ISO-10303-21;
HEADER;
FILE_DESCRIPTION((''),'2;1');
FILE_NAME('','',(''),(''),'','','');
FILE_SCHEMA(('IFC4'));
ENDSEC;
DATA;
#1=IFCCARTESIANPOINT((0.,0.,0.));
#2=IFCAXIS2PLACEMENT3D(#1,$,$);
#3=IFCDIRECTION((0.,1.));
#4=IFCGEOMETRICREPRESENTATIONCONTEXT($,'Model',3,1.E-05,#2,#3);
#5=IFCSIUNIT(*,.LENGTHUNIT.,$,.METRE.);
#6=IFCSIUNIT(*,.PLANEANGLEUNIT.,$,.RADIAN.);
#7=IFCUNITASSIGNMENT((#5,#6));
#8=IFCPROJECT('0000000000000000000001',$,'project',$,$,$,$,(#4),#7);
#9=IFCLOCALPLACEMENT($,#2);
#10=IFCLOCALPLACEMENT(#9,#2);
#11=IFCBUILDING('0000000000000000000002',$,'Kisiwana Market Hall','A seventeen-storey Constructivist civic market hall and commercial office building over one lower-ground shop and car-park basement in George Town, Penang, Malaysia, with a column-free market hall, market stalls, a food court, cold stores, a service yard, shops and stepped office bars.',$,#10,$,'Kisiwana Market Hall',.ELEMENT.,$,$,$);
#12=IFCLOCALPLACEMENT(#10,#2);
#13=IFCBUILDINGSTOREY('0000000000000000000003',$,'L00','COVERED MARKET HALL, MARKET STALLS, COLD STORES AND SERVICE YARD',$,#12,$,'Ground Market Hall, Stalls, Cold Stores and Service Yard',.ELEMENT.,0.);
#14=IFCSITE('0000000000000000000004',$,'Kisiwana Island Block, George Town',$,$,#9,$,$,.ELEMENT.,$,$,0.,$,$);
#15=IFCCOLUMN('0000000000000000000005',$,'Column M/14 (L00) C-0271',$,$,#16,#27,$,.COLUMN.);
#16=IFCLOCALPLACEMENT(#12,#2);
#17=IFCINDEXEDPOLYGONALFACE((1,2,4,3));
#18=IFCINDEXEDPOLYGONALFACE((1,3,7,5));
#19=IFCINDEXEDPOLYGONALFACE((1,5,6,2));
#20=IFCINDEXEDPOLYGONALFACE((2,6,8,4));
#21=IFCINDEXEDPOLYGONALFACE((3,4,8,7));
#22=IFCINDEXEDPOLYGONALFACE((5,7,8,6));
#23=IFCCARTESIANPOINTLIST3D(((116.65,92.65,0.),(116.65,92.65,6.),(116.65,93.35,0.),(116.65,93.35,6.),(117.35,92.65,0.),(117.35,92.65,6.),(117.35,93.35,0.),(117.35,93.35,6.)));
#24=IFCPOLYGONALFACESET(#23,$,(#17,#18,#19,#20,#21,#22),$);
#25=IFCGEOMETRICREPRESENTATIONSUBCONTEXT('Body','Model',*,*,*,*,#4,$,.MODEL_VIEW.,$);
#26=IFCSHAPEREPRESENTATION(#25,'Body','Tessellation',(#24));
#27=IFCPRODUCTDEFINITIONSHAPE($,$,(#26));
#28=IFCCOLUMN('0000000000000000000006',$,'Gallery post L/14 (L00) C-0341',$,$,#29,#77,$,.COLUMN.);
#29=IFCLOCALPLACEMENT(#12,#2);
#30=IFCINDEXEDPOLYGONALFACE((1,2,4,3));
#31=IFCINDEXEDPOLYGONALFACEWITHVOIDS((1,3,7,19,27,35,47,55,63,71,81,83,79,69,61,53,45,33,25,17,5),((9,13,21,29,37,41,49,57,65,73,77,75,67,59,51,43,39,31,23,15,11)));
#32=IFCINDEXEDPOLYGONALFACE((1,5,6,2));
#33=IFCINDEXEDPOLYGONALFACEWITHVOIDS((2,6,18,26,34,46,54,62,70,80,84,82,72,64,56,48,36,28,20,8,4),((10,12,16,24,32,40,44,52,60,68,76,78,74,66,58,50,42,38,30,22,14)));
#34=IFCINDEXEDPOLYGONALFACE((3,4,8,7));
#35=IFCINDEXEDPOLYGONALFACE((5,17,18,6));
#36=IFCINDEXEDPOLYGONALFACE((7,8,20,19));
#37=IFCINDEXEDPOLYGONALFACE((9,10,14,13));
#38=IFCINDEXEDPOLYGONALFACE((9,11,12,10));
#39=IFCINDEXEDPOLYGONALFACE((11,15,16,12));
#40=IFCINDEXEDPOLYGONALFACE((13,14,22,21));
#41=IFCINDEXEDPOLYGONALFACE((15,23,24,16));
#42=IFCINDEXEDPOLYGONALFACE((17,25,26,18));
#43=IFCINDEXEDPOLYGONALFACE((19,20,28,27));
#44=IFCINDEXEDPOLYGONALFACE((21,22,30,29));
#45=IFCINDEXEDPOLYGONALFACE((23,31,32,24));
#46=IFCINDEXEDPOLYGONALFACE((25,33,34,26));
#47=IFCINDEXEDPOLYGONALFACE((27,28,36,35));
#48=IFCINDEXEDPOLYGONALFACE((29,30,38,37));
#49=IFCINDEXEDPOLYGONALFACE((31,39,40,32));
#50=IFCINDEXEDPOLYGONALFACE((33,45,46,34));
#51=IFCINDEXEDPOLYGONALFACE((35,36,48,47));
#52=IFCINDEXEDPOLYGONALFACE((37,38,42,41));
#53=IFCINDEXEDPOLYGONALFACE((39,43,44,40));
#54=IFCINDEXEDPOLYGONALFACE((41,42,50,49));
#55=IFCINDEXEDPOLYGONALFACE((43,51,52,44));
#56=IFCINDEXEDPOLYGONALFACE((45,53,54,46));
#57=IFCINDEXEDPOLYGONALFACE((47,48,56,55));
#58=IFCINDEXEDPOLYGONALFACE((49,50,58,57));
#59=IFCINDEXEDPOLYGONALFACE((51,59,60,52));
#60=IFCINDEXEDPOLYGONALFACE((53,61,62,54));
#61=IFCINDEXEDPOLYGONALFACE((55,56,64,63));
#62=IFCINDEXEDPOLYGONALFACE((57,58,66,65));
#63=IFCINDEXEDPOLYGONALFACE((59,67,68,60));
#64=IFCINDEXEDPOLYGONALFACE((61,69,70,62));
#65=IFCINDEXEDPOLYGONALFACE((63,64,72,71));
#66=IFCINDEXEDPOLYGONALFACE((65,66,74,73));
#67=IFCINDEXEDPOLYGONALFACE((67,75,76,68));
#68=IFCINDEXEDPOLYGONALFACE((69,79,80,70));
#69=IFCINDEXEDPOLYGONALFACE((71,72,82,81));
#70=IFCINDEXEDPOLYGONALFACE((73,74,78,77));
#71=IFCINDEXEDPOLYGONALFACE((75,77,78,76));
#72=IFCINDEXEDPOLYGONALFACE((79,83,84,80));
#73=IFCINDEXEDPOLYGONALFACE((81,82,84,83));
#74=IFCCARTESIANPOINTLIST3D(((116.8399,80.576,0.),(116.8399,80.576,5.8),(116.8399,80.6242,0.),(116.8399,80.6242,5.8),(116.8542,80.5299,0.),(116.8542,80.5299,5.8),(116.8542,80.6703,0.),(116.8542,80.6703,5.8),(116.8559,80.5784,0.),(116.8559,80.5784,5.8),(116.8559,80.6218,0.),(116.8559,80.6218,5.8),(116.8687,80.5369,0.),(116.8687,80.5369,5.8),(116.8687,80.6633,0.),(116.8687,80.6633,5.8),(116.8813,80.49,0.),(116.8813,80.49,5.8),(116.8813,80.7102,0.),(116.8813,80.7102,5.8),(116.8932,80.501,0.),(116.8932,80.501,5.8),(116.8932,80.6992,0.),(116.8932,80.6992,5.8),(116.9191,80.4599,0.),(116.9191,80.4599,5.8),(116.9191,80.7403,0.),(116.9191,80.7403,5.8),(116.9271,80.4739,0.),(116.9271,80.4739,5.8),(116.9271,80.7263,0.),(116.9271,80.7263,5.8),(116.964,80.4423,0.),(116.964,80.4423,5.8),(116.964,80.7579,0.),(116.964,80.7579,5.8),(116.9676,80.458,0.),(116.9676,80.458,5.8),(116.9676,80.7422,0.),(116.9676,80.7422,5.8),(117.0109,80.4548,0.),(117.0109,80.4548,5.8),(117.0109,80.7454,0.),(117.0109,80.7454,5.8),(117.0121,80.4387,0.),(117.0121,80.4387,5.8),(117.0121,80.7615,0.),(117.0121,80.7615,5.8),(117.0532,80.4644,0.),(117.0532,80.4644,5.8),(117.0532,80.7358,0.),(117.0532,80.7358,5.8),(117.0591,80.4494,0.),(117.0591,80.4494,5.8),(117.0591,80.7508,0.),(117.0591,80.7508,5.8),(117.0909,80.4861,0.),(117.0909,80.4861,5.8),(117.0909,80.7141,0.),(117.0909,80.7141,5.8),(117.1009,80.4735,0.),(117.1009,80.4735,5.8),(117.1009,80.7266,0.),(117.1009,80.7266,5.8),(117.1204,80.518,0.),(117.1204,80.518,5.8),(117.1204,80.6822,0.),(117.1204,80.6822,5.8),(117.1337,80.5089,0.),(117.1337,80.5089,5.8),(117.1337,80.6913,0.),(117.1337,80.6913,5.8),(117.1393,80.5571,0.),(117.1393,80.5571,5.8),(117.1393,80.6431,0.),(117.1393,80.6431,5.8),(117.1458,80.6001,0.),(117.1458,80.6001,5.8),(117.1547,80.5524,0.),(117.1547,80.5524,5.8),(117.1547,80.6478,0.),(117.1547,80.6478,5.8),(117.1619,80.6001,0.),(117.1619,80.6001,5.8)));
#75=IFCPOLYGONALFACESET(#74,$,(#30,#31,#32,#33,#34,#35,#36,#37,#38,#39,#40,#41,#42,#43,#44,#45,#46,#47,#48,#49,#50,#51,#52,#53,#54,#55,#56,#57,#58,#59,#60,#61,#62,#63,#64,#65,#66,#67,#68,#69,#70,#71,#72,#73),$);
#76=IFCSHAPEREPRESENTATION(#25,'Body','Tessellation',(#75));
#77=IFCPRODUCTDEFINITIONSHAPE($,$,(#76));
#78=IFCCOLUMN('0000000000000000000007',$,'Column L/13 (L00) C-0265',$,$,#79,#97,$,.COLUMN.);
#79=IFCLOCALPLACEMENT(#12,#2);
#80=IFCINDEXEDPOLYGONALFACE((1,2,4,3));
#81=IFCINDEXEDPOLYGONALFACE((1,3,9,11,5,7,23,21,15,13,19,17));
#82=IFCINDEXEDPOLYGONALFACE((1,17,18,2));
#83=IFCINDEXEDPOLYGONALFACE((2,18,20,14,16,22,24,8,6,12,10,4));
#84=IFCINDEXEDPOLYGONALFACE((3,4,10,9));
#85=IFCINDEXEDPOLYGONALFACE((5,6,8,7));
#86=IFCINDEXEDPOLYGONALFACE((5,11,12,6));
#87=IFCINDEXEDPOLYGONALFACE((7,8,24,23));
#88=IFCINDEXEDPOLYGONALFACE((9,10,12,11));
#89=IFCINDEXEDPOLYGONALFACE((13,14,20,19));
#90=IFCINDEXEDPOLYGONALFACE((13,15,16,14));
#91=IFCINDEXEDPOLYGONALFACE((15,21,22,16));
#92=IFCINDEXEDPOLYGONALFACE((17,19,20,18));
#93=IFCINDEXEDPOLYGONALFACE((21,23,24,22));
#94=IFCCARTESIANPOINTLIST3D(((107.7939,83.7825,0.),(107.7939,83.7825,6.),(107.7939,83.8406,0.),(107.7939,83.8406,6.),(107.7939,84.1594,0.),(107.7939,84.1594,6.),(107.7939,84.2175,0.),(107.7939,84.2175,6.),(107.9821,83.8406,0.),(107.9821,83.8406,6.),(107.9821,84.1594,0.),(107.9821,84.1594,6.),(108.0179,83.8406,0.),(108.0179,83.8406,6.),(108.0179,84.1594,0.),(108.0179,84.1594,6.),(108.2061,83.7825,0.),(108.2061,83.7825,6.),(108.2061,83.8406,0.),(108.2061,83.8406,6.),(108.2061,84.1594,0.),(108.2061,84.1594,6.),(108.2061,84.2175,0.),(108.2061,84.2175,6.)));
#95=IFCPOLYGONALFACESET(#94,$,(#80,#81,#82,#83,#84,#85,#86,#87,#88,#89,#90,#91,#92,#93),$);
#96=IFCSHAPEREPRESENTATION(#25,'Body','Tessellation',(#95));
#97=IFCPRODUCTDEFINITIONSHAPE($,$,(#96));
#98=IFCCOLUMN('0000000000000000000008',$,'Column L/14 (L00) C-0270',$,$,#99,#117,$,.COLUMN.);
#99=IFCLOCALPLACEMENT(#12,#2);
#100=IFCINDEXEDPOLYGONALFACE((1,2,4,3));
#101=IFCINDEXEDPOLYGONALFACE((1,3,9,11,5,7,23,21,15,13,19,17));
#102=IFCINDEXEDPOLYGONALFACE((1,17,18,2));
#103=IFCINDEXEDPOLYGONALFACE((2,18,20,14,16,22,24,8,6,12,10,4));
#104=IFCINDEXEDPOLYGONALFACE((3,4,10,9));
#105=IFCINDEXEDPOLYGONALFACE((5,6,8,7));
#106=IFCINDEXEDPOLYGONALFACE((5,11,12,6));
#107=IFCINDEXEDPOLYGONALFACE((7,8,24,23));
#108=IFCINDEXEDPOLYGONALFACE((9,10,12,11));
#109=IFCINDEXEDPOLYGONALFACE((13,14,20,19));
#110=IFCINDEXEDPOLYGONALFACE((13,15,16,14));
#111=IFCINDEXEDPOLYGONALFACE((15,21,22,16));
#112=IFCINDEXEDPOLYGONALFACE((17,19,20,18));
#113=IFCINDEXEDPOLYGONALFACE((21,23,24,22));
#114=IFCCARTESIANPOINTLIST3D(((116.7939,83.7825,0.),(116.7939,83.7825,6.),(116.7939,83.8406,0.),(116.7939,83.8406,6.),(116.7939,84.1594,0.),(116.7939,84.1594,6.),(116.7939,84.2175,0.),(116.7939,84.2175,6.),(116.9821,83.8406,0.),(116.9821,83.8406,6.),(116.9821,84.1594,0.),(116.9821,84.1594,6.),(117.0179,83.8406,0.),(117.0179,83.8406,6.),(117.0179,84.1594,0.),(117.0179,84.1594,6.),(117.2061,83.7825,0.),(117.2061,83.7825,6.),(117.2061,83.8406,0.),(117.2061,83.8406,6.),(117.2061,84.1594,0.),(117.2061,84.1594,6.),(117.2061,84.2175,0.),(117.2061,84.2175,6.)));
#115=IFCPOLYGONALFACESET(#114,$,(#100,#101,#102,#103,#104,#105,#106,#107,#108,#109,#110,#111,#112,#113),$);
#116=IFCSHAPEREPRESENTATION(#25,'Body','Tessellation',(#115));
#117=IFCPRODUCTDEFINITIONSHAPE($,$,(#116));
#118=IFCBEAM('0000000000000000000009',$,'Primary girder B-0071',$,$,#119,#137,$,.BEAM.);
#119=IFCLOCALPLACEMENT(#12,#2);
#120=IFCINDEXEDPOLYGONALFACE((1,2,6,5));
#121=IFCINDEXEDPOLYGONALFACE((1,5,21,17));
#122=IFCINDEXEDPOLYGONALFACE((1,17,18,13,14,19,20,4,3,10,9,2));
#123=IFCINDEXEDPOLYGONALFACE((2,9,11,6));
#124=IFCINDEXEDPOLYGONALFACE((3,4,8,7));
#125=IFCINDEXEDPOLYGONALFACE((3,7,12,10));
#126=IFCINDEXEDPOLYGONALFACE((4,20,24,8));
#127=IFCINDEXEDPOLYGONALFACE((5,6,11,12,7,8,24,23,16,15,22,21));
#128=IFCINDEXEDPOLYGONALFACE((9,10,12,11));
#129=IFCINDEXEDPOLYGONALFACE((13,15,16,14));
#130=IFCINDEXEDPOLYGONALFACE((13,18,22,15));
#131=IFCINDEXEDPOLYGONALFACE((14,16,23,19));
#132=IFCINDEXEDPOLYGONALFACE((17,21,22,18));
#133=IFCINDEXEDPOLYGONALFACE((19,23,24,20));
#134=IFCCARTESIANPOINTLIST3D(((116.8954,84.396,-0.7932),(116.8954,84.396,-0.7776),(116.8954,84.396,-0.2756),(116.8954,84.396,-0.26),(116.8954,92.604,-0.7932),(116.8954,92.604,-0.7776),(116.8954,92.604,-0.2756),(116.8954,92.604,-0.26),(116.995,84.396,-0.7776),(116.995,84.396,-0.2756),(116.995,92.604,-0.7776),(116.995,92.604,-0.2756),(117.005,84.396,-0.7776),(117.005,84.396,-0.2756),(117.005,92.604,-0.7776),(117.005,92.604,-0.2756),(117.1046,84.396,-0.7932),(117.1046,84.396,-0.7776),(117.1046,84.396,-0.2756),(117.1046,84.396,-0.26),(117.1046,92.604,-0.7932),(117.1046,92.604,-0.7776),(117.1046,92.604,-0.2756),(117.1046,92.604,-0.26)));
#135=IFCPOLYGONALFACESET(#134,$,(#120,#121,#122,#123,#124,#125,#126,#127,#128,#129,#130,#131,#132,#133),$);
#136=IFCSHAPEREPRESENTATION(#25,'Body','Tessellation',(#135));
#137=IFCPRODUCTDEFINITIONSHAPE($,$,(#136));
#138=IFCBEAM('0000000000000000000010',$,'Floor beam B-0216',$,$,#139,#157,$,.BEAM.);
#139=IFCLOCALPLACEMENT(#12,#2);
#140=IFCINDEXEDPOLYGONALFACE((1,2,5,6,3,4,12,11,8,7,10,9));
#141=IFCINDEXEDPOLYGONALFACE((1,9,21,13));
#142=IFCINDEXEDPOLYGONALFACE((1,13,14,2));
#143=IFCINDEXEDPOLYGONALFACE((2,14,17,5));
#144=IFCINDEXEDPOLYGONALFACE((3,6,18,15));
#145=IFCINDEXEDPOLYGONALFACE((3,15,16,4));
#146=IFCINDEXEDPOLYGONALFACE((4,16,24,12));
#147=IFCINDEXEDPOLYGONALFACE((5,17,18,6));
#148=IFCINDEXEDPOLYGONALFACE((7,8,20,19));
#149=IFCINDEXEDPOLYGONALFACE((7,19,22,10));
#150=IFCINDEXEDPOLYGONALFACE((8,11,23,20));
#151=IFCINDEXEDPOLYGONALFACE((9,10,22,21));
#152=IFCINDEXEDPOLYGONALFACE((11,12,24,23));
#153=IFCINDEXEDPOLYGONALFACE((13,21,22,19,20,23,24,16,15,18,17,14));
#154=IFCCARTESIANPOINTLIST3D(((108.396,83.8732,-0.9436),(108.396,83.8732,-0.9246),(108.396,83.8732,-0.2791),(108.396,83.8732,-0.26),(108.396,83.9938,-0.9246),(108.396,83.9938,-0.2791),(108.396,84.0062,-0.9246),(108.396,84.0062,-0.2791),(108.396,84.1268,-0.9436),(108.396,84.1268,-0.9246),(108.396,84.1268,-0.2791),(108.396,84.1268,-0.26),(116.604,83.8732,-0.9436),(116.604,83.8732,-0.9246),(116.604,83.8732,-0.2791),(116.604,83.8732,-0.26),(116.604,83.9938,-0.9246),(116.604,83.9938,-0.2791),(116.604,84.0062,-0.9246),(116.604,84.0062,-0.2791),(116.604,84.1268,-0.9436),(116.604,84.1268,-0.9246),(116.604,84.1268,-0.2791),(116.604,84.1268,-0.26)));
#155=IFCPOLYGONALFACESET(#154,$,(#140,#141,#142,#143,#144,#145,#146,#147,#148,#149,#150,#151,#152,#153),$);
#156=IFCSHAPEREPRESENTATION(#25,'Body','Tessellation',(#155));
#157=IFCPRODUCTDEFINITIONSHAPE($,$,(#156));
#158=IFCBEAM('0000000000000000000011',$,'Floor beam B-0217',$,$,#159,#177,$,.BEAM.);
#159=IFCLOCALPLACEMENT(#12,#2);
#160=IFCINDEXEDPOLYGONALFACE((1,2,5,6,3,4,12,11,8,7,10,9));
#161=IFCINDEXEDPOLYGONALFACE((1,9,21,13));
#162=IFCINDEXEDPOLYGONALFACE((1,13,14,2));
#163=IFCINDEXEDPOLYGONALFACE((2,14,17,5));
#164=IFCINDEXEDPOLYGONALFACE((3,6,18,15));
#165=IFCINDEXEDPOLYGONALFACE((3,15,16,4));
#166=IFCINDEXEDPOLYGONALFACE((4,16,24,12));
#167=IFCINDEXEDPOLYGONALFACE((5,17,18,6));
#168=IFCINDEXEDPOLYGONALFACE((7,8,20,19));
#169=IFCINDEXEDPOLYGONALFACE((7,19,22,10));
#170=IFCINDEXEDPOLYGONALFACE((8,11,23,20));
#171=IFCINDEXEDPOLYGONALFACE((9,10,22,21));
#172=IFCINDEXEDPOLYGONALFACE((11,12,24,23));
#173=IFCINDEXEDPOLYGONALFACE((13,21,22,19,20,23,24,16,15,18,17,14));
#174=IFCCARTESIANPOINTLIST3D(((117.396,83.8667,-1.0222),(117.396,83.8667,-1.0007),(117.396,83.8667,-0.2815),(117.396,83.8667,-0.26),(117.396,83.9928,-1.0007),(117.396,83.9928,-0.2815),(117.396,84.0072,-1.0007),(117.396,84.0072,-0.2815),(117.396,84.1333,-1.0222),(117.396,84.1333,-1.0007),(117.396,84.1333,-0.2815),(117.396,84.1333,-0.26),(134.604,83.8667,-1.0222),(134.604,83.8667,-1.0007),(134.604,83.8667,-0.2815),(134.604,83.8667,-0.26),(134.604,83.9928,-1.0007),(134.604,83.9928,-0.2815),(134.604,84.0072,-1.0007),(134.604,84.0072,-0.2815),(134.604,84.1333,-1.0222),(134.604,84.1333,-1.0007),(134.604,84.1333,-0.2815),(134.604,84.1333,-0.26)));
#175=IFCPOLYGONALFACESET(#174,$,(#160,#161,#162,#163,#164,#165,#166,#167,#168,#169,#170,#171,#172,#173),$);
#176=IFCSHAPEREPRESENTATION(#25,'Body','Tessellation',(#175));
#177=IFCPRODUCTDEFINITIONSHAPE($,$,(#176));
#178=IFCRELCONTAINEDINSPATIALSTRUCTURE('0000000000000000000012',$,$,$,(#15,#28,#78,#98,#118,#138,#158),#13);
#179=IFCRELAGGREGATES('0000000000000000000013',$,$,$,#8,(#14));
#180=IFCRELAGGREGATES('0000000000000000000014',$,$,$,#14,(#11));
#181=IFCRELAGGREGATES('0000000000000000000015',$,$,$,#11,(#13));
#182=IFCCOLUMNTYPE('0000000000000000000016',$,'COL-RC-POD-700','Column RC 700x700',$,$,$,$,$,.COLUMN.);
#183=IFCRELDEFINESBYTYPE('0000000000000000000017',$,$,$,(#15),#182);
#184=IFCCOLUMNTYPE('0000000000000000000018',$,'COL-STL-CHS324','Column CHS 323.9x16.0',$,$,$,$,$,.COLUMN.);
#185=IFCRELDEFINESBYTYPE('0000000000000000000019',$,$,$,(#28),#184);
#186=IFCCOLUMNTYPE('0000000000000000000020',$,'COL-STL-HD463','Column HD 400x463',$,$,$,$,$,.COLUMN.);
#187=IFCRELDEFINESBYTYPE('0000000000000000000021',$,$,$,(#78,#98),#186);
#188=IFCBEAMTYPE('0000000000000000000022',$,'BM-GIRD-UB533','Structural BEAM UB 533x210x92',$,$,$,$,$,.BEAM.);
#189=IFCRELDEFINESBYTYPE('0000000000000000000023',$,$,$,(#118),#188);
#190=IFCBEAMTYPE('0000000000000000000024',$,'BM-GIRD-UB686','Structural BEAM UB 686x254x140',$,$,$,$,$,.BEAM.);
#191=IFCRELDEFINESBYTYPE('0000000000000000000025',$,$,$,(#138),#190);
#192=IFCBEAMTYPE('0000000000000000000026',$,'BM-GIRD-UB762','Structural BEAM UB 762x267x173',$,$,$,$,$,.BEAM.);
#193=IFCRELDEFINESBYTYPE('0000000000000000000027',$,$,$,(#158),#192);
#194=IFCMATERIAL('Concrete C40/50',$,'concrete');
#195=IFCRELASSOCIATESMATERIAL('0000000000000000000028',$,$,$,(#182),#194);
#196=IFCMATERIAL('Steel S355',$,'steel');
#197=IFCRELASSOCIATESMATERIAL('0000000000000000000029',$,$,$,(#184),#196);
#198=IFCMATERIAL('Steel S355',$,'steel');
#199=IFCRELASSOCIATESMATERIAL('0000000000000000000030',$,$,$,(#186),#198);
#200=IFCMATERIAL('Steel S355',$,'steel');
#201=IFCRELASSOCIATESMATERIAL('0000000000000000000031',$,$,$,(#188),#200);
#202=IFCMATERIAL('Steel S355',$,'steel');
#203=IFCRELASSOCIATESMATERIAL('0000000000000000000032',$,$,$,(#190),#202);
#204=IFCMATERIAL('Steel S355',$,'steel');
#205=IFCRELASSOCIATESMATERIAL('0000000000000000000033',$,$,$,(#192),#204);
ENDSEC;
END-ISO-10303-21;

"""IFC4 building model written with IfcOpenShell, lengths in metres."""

from ifc_helpers import new_model, si_unit, direction, frame, origin, origin_2d, place, context, subcontext, project, spatial, rectangle, hollow_circle, i_section, extrude, material, material_profile, profile_set, type_object, element, save


model = new_model("IFC4")

# Units and contexts
model_context = context("Model", 3, precision=1e-05, world=origin(), true_north=direction((0.0, 1.0)))
body_context = subcontext(model_context, "Body", "Model", "MODEL_VIEW")
ifc_project = project(units=[si_unit("LENGTHUNIT", "METRE"), si_unit("PLANEANGLEUNIT", "RADIAN")], contexts=[model_context])

# Site, building, storey
site_placement = place(None, origin())
site = spatial("IfcSite", under=ifc_project, at=site_placement, Name="Kisiwana Island Block, George Town", CompositionType="ELEMENT", RefElevation=0.0)
building_placement = place(site_placement, origin())
building = spatial("IfcBuilding", under=site, at=building_placement, Name="Kisiwana Market Hall", Description="A seventeen-storey Constructivist civic market hall and commercial office building over one lower-ground shop and car-park basement in George Town, Penang, Malaysia, with a column-free market hall, market stalls, a food court, cold stores, a service yard, shops and stepped office bars.", LongName="Kisiwana Market Hall", CompositionType="ELEMENT")
storey_placement = place(building_placement, origin())
storey = spatial("IfcBuildingStorey", under=building, at=storey_placement, Name="L00", Description="COVERED MARKET HALL, MARKET STALLS, COLD STORES AND SERVICE YARD", LongName="Ground Market Hall, Stalls, Cold Stores and Service Yard", CompositionType="ELEMENT", Elevation=0.0)

# Columns
ifc_material_1 = material(Name="Concrete C40/50", Category="concrete")
ifc_material_profile_1 = material_profile(ifc_material_1, rectangle(XDim=0.7, YDim=0.7, at=origin_2d()), Name="RC 700x700")
ifc_profile_set_1 = profile_set([ifc_material_profile_1], Name="Concrete C40/50")
column_type_1 = type_object("IfcColumnType", Name="COL-RC-POD-700", Description="Column RC 700x700", PredefinedType="COLUMN", material=ifc_profile_set_1)
column_1_placement = place(storey_placement, frame((117.0, 93.0, 0.0), z_axis=(0.0, 0.0, 1.0), x_axis=(1.0, 0.0, 0.0)))
element("IfcColumn", 1, at=column_1_placement, inside=storey, type_object=column_type_1, Name="Column M/14 (L00) C-0271", PredefinedType="COLUMN", context=body_context, shape_type="SweptSolid", body=[
    extrude(rectangle(XDim=0.7, YDim=0.7, at=origin_2d()), origin(), (0.0, 0.0, 1.0), 6.0),
])
ifc_material_2 = material(Name="Steel S355", Category="steel")
ifc_material_profile_2 = material_profile(ifc_material_2, hollow_circle(Radius=0.1619, WallThickness=0.0161, at=origin_2d()), Name="CHS 323.9x16.0")
ifc_profile_set_2 = profile_set([ifc_material_profile_2], Name="Steel S355")
column_type_2 = type_object("IfcColumnType", Name="COL-STL-CHS324", Description="Column CHS 323.9x16.0", PredefinedType="COLUMN", material=ifc_profile_set_2)
column_2_placement = place(storey_placement, frame((117.0, 80.6001, 0.0), z_axis=(0.0, 0.0, 1.0), x_axis=(1.0, 0.0, 0.0)))
element("IfcColumn", 2, at=column_2_placement, inside=storey, type_object=column_type_2, Name="Gallery post L/14 (L00) C-0341", PredefinedType="COLUMN", context=body_context, shape_type="SweptSolid", body=[
    extrude(hollow_circle(Radius=0.1619, WallThickness=0.0161, at=origin_2d()), origin(), (0.0, 0.0, 1.0), 5.8),
])
ifc_material_3 = material(Name="Steel S355", Category="steel")
ifc_material_profile_3 = material_profile(ifc_material_3, i_section(OverallWidth=0.4121, OverallDepth=0.4351, WebThickness=0.0359, FlangeThickness=0.0581, at=origin_2d()), Name="HD 400x463")
ifc_profile_set_3 = profile_set([ifc_material_profile_3], Name="Steel S355")
column_type_3 = type_object("IfcColumnType", Name="COL-STL-HD463", Description="Column HD 400x463", PredefinedType="COLUMN", material=ifc_profile_set_3)
for number, where, z_axis, x_axis, name in (
    (3, (108.0, 84.0, 0.0), (0.0, 0.0, 1.0), (1.0, 0.0, 0.0), "Column L/13 (L00) C-0265"),
    (4, (117.0, 84.0, 0.0), (0.0, 0.0, 1.0), (1.0, 0.0, 0.0), "Column L/14 (L00) C-0270"),
):
    element("IfcColumn", number, at=place(storey_placement, frame(where, z_axis=z_axis, x_axis=x_axis)), inside=storey, type_object=column_type_3, Name=name, PredefinedType="COLUMN", context=body_context, shape_type="SweptSolid", body=[
        extrude(i_section(OverallWidth=0.4121, OverallDepth=0.4351, WebThickness=0.0359, FlangeThickness=0.0581, at=origin_2d()), origin(), (0.0, 0.0, 1.0), 6.0),
    ])

# Beams
ifc_material_4 = material(Name="Steel S355", Category="steel")
ifc_material_profile_4 = material_profile(ifc_material_4, i_section(OverallWidth=0.2092, OverallDepth=0.5332, WebThickness=0.01, FlangeThickness=0.0156, at=origin_2d()), Name="UB 533x210x92")
ifc_profile_set_4 = profile_set([ifc_material_profile_4], Name="Steel S355")
beam_type_1 = type_object("IfcBeamType", Name="BM-GIRD-UB533", Description="Structural BEAM UB 533x210x92", PredefinedType="BEAM", material=ifc_profile_set_4)
beam_1_placement = place(storey_placement, frame((117.0, 84.396, -0.5266), z_axis=(0.0, 1.0, 0.0), x_axis=(-1.0, 0.0, 0.0)))
element("IfcBeam", 5, at=beam_1_placement, inside=storey, type_object=beam_type_1, Name="Primary girder B-0071", PredefinedType="BEAM", context=body_context, shape_type="SweptSolid", body=[
    extrude(i_section(OverallWidth=0.2092, OverallDepth=0.5332, WebThickness=0.01, FlangeThickness=0.0156, at=origin_2d()), origin(), (0.0, 0.0, 1.0), 8.208),
])
ifc_material_5 = material(Name="Steel S355", Category="steel")
ifc_material_profile_5 = material_profile(ifc_material_5, i_section(OverallWidth=0.2537, OverallDepth=0.6836, WebThickness=0.0125, FlangeThickness=0.019, at=origin_2d()), Name="UB 686x254x140")
ifc_profile_set_5 = profile_set([ifc_material_profile_5], Name="Steel S355")
beam_type_2 = type_object("IfcBeamType", Name="BM-GIRD-UB686", Description="Structural BEAM UB 686x254x140", PredefinedType="BEAM", material=ifc_profile_set_5)
beam_2_placement = place(storey_placement, frame((108.396, 84.0, -0.6018), z_axis=(1.0, 0.0, 0.0), x_axis=(0.0, 1.0, 0.0)))
element("IfcBeam", 6, at=beam_2_placement, inside=storey, type_object=beam_type_2, Name="Floor beam B-0216", PredefinedType="BEAM", context=body_context, shape_type="SweptSolid", body=[
    extrude(i_section(OverallWidth=0.2537, OverallDepth=0.6836, WebThickness=0.0125, FlangeThickness=0.019, at=origin_2d()), origin(), (0.0, 0.0, 1.0), 8.208),
])
ifc_material_6 = material(Name="Steel S355", Category="steel")
ifc_material_profile_6 = material_profile(ifc_material_6, i_section(OverallWidth=0.2666, OverallDepth=0.7622, WebThickness=0.0144, FlangeThickness=0.0215, at=origin_2d()), Name="UB 762x267x173")
ifc_profile_set_6 = profile_set([ifc_material_profile_6], Name="Steel S355")
beam_type_3 = type_object("IfcBeamType", Name="BM-GIRD-UB762", Description="Structural BEAM UB 762x267x173", PredefinedType="BEAM", material=ifc_profile_set_6)
beam_3_placement = place(storey_placement, frame((117.396, 84.0, -0.6411), z_axis=(1.0, 0.0, 0.0), x_axis=(0.0, 1.0, 0.0)))
element("IfcBeam", 7, at=beam_3_placement, inside=storey, type_object=beam_type_3, Name="Floor beam B-0217", PredefinedType="BEAM", context=body_context, shape_type="SweptSolid", body=[
    extrude(i_section(OverallWidth=0.2666, OverallDepth=0.7622, WebThickness=0.0144, FlangeThickness=0.0215, at=origin_2d()), origin(), (0.0, 0.0, 1.0), 17.208),
])

save(model, "model.ifc")
